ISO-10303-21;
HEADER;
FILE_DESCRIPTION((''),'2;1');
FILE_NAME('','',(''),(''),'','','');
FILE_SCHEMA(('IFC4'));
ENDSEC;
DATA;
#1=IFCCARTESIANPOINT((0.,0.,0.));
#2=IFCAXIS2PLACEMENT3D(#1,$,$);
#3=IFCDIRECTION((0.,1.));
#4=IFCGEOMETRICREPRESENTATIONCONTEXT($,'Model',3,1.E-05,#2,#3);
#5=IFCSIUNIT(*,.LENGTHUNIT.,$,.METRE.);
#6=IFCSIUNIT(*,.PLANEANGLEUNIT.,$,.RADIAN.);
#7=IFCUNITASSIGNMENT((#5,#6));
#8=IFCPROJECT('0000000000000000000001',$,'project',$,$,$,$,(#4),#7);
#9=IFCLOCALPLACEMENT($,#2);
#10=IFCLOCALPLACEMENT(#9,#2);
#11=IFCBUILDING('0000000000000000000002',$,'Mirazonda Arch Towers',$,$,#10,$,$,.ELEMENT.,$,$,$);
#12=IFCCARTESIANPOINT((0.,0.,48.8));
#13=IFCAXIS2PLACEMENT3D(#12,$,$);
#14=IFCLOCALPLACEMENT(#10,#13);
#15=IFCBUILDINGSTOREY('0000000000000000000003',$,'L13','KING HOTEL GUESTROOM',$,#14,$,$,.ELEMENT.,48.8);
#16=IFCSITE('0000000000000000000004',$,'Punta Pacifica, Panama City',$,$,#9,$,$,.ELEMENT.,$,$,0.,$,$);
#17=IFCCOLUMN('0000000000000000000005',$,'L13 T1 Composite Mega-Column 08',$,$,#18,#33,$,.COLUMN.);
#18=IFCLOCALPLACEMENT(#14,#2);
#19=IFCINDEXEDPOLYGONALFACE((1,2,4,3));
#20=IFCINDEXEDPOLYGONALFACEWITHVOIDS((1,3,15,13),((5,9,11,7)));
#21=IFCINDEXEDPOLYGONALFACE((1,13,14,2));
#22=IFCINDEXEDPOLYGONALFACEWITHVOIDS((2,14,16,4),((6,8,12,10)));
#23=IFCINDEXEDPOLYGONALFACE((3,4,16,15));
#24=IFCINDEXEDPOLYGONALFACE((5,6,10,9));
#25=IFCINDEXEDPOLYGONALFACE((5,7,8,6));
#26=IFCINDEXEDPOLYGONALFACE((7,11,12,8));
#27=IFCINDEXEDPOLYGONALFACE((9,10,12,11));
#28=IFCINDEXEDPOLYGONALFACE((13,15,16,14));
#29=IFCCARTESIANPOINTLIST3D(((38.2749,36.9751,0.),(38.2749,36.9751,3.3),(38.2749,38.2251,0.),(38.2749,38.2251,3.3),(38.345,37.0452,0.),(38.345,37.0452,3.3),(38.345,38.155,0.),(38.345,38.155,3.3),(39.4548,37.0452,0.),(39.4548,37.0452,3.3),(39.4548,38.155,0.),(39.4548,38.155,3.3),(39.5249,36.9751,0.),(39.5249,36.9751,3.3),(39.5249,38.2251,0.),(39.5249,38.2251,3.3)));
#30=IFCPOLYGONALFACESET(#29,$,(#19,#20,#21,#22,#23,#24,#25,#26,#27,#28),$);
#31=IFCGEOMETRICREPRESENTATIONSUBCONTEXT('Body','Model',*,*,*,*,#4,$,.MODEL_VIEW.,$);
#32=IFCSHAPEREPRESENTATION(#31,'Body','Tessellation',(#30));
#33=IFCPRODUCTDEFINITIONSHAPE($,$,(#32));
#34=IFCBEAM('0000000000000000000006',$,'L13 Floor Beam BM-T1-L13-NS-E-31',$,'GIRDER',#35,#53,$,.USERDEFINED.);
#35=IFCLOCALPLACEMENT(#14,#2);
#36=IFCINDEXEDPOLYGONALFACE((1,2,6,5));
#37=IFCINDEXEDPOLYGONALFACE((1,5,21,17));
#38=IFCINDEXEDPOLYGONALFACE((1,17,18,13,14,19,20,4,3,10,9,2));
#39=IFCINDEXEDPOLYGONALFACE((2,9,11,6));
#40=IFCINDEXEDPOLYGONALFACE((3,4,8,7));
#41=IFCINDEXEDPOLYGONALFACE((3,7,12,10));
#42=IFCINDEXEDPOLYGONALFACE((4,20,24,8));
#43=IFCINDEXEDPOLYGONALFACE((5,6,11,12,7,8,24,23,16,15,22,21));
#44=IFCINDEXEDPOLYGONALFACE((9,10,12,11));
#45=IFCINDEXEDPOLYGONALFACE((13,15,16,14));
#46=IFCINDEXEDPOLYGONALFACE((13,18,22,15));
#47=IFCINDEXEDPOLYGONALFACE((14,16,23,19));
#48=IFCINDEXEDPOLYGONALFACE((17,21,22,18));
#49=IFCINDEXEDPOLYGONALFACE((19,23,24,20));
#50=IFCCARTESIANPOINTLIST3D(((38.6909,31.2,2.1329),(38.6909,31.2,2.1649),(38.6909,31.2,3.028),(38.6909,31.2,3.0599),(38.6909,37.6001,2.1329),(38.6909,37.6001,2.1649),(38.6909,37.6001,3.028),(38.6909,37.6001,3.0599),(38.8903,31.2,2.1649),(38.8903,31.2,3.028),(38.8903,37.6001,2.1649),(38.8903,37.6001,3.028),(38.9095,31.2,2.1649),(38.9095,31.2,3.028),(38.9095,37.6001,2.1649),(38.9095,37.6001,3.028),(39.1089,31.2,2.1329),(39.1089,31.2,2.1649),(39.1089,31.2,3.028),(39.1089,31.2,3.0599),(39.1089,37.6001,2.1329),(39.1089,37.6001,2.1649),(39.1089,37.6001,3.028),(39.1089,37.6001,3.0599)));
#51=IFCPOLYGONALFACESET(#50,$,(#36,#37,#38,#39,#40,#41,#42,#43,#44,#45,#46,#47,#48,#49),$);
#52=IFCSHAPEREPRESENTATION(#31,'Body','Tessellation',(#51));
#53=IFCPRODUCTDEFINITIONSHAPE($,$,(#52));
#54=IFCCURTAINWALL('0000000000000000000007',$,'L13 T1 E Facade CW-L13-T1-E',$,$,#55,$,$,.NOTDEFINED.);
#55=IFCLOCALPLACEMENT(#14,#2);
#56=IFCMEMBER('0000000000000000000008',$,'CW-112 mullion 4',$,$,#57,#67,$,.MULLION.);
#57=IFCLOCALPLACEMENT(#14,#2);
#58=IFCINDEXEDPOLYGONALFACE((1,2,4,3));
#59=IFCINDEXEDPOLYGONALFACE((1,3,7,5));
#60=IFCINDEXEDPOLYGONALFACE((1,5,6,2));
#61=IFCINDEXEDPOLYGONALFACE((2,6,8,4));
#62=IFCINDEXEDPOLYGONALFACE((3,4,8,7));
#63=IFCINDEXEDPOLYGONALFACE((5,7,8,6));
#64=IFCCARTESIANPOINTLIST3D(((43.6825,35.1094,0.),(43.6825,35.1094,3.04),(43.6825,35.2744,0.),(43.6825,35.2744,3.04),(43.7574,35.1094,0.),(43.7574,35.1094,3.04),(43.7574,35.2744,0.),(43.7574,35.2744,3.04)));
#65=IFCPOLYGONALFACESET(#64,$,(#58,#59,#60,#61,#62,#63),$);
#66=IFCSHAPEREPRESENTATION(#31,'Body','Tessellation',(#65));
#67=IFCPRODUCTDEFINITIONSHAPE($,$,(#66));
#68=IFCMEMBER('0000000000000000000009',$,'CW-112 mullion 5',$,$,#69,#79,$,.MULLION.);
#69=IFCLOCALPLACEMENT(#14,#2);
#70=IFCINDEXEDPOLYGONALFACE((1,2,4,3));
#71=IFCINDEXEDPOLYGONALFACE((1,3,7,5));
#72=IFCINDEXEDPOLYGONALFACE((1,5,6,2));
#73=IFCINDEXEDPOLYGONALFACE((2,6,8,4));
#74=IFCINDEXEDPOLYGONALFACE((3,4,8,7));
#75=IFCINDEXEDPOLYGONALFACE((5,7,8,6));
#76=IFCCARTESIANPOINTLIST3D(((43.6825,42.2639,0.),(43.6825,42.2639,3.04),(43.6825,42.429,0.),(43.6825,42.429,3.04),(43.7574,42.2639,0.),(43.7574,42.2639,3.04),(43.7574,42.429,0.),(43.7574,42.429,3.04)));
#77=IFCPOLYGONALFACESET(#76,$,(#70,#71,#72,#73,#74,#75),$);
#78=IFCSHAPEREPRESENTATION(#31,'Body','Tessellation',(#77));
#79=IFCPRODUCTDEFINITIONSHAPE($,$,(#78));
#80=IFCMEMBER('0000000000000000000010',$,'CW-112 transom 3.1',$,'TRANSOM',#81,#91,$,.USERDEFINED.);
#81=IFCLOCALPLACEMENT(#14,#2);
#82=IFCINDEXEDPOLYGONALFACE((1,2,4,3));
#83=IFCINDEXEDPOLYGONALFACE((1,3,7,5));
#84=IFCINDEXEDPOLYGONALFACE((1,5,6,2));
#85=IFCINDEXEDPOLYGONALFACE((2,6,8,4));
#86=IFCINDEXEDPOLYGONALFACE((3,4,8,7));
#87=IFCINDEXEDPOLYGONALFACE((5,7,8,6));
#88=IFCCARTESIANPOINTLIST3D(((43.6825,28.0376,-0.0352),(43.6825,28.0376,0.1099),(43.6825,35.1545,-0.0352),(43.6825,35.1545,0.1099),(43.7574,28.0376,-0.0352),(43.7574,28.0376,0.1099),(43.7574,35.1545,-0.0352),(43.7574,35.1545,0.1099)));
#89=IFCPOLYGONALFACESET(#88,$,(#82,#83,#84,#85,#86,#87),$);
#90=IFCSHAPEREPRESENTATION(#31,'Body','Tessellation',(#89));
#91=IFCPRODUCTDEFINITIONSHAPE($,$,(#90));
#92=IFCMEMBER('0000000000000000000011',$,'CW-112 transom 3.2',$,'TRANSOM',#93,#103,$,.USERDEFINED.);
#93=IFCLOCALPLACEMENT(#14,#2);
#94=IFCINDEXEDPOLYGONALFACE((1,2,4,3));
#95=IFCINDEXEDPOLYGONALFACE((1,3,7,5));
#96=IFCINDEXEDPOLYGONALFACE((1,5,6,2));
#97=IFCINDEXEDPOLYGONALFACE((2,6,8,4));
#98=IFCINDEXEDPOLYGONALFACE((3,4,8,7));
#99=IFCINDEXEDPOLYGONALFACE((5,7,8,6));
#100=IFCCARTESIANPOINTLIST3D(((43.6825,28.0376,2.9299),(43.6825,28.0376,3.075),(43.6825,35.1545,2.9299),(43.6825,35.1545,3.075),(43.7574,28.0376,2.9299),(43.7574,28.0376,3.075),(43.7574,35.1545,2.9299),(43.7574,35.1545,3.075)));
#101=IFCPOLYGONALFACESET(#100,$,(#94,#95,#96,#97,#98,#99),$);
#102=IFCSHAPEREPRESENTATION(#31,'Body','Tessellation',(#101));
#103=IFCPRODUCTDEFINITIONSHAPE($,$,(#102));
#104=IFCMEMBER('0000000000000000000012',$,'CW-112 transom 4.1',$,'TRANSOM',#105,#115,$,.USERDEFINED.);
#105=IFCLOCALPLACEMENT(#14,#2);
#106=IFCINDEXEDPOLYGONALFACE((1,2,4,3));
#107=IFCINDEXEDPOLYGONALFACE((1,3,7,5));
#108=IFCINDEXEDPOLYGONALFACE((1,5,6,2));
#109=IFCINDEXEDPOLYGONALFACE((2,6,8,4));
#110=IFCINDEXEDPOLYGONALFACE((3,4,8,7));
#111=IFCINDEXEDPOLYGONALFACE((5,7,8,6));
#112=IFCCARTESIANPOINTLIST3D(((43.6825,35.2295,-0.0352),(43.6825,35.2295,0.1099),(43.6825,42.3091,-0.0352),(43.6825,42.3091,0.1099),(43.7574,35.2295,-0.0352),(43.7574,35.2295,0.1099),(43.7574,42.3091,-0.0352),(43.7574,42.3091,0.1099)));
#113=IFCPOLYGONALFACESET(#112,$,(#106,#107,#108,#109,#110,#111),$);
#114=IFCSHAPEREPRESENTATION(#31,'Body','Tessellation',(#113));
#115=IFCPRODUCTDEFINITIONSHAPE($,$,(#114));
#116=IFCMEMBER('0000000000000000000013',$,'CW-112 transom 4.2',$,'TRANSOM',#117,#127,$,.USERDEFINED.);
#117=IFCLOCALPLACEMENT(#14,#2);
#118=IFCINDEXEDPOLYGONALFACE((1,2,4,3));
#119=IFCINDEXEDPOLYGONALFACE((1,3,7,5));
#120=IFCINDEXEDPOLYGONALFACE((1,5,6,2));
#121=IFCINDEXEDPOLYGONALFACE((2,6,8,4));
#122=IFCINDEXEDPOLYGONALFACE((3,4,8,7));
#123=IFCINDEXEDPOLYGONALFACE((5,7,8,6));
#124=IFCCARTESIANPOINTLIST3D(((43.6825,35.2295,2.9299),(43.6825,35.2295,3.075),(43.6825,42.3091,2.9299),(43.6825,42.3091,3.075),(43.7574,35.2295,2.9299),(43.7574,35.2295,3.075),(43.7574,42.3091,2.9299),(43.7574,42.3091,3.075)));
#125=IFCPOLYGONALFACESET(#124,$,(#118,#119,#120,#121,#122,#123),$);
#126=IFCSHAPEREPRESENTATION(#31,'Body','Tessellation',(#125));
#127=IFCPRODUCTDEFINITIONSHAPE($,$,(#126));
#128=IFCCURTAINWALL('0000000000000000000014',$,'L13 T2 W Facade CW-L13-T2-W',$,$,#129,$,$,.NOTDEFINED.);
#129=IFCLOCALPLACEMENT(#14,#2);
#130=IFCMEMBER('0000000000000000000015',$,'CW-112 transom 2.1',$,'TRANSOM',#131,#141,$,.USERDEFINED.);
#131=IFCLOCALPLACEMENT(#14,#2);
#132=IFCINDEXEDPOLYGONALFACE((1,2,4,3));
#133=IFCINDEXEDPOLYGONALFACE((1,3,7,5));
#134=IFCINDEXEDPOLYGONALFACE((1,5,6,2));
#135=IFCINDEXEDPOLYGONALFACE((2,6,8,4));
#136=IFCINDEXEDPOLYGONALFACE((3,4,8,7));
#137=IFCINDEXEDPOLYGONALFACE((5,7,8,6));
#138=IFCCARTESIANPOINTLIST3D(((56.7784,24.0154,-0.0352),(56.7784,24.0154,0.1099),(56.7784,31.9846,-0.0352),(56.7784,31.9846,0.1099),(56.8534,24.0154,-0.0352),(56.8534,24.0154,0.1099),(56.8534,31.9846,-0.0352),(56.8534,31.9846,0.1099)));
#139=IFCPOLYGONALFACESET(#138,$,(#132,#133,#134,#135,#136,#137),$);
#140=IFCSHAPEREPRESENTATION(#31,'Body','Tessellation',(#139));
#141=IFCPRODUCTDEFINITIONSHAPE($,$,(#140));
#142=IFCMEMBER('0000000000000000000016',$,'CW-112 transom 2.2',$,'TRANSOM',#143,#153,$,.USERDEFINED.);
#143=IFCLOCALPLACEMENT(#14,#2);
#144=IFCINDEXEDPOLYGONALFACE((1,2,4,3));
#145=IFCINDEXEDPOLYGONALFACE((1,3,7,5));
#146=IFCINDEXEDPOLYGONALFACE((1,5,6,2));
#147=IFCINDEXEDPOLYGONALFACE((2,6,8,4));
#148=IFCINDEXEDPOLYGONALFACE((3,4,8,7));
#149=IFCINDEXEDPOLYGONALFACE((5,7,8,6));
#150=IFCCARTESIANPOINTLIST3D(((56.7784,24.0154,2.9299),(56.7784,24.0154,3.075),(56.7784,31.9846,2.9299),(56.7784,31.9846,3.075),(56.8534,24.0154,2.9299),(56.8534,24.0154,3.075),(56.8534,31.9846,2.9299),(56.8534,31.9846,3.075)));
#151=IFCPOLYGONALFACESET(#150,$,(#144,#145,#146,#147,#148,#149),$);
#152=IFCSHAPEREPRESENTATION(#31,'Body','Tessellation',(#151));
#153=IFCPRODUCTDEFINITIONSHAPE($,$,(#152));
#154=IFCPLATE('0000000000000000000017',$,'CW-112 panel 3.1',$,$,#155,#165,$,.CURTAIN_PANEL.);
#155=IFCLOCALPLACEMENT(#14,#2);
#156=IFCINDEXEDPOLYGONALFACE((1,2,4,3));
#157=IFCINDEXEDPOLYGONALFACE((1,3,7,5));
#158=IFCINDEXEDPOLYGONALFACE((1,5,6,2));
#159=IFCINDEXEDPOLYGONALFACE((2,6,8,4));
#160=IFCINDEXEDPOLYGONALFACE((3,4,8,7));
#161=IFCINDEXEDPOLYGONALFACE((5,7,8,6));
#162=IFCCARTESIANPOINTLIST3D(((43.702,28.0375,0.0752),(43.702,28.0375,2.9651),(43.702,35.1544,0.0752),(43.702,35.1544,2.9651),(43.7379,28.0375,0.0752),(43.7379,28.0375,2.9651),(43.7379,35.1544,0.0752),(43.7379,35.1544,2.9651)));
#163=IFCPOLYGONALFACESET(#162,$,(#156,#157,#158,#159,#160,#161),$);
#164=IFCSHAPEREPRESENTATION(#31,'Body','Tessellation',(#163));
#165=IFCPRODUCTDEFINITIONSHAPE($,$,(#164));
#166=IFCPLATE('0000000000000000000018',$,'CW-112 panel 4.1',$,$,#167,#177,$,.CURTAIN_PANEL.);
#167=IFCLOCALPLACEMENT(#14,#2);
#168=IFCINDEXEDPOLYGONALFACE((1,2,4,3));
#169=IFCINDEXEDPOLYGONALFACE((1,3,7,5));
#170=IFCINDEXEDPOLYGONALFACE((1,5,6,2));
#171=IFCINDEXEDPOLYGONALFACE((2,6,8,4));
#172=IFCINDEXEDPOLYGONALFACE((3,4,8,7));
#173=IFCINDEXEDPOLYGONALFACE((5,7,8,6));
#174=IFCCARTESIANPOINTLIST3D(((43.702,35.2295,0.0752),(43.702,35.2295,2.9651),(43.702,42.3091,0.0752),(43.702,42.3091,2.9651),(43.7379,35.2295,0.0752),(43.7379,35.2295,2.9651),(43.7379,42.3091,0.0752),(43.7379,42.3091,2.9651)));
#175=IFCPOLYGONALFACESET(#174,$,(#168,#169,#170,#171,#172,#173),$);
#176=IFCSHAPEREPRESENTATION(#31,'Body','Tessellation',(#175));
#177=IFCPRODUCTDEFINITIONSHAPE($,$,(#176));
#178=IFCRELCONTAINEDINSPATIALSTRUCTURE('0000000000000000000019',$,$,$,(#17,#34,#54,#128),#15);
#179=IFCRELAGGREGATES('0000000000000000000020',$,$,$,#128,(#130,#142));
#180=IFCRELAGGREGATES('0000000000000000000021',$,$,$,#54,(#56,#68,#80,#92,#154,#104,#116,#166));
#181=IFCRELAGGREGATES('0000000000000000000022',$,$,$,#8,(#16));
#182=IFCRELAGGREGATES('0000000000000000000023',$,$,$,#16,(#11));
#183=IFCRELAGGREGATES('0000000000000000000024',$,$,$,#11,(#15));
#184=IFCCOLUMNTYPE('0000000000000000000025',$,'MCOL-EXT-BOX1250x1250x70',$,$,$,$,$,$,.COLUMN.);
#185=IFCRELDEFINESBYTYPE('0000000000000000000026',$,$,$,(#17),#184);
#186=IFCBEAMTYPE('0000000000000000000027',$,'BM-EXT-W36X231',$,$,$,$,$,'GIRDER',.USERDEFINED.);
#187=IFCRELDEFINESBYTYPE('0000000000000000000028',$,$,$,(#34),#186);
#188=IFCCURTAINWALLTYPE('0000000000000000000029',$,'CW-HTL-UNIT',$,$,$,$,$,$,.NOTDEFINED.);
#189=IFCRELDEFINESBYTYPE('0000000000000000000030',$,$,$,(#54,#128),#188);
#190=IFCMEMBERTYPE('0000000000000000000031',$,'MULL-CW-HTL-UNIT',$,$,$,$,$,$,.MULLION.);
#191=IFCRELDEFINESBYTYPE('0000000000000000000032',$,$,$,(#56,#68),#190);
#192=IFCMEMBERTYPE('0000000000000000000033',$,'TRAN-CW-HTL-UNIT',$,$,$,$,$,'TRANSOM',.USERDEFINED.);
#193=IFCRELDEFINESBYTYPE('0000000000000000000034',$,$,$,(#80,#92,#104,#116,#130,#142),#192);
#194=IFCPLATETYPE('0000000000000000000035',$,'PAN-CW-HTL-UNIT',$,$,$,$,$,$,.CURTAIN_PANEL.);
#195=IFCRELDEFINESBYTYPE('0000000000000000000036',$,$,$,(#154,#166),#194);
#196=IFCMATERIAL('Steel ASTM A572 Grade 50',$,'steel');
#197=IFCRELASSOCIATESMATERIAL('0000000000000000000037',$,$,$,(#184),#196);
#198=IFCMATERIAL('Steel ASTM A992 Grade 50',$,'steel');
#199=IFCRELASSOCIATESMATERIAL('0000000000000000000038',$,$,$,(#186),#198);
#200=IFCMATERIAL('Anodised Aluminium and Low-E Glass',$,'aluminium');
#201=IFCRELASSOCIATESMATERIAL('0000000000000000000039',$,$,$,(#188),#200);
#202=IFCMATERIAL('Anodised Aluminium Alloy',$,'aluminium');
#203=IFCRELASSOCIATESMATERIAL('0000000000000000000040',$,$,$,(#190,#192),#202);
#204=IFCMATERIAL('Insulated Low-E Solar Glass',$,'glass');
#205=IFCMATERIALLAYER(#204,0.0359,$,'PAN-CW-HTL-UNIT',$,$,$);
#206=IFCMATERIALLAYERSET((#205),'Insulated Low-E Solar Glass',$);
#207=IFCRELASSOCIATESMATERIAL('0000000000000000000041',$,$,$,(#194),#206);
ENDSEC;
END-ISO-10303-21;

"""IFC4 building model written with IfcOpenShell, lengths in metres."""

from ifc_helpers import new_model, si_unit, direction, frame, origin, origin_2d, place, context, subcontext, project, spatial, rectangle, hollow_rectangle, i_section, extrude, material, layer, layer_set, material_profile, profile_set, type_object, element, aggregate, save


model = new_model("IFC4")

# Units and contexts
model_context = context("Model", 3, precision=1e-05, world=origin(), true_north=direction((0.0, 1.0)))
body_context = subcontext(model_context, "Body", "Model", "MODEL_VIEW")
ifc_project = project(units=[si_unit("LENGTHUNIT", "METRE"), si_unit("PLANEANGLEUNIT", "RADIAN")], contexts=[model_context])

# Site, building, storey
site_placement = place(None, origin())
site = spatial("IfcSite", under=ifc_project, at=site_placement, Name="Punta Pacifica, Panama City", CompositionType="ELEMENT", RefElevation=0.0)
building_placement = place(site_placement, origin())
building = spatial("IfcBuilding", under=site, at=building_placement, Name="Mirazonda Arch Towers", CompositionType="ELEMENT")
storey_placement = place(building_placement, frame((0.0, 0.0, 48.8)))
storey = spatial("IfcBuildingStorey", under=building, at=storey_placement, Name="L13", Description="KING HOTEL GUESTROOM", CompositionType="ELEMENT", Elevation=48.8)

# Column
ifc_material_1 = material(Name="Steel ASTM A572 Grade 50", Category="steel")
ifc_material_profile_1 = material_profile(ifc_material_1, hollow_rectangle(XDim=1.25, YDim=1.25, WallThickness=0.0701, at=origin_2d()), Name="BOX1250x1250x70")
ifc_profile_set_1 = profile_set([ifc_material_profile_1], Name="Steel ASTM A572 Grade 50")
column_type = type_object("IfcColumnType", Name="MCOL-EXT-BOX1250x1250x70", PredefinedType="COLUMN", material=ifc_profile_set_1)
column_placement = place(storey_placement, frame((38.8999, 37.6001, 0.0), z_axis=(0.0, 0.0, 1.0), x_axis=(1.0, 0.0, 0.0)))
element("IfcColumn", 1, at=column_placement, inside=storey, type_object=column_type, Name="L13 T1 Composite Mega-Column 08", PredefinedType="COLUMN", context=body_context, shape_type="SweptSolid", body=[
    extrude(hollow_rectangle(XDim=1.25, YDim=1.25, WallThickness=0.0701, at=origin_2d()), origin(), (0.0, 0.0, 1.0), 3.3),
])

# Beam
ifc_material_2 = material(Name="Steel ASTM A992 Grade 50", Category="steel")
ifc_material_profile_2 = material_profile(ifc_material_2, i_section(OverallWidth=0.418, OverallDepth=0.927, WebThickness=0.0193, FlangeThickness=0.032, at=origin_2d()), Name="W36X231")
ifc_profile_set_2 = profile_set([ifc_material_profile_2], Name="Steel ASTM A992 Grade 50")
beam_type = type_object("IfcBeamType", Name="BM-EXT-W36X231", ElementType="GIRDER", PredefinedType="USERDEFINED", material=ifc_profile_set_2)
beam_placement = place(storey_placement, frame((38.8999, 31.2, 2.5964), z_axis=(0.0, 1.0, 0.0), x_axis=(-1.0, 0.0, 0.0)))
element("IfcBeam", 2, at=beam_placement, inside=storey, type_object=beam_type, Name="L13 Floor Beam BM-T1-L13-NS-E-31", ObjectType="GIRDER", PredefinedType="USERDEFINED", context=body_context, shape_type="SweptSolid", body=[
    extrude(i_section(OverallWidth=0.418, OverallDepth=0.927, WebThickness=0.0193, FlangeThickness=0.032, at=origin_2d()), origin(), (0.0, 0.0, 1.0), 6.4001),
])

# Curtain walls, members
ifc_material_3 = material(Name="Anodised Aluminium and Low-E Glass", Category="aluminium")
curtain_wall_type = type_object("IfcCurtainWallType", Name="CW-HTL-UNIT", PredefinedType="NOTDEFINED", material=ifc_material_3)
curtain_wall_1_placement = place(storey_placement, origin())
curtain_wall_1 = element("IfcCurtainWall", 3, at=curtain_wall_1_placement, inside=storey, type_object=curtain_wall_type, Name="L13 T1 E Facade CW-L13-T1-E", PredefinedType="NOTDEFINED")
ifc_material_4 = material(Name="Anodised Aluminium Alloy", Category="aluminium")
ifc_material_profile_3 = material_profile(ifc_material_4, rectangle(XDim=0.075, YDim=0.165, at=origin_2d()), Name="ALU-MULL-75x165")
ifc_profile_set_3 = profile_set([ifc_material_profile_3], Name="Anodised Aluminium Alloy")
member_type_1 = type_object("IfcMemberType", Name="MULL-CW-HTL-UNIT", PredefinedType="MULLION", material=ifc_profile_set_3)
member_1_placement = place(storey_placement, frame((43.72, 35.1919, 0.0), z_axis=(0.0, 0.0, 1.0), x_axis=(-1.0, 0.0, 0.0)))
member_1 = element("IfcMember", 4, at=member_1_placement, type_object=member_type_1, Name="CW-112 mullion 4", PredefinedType="MULLION", context=body_context, shape_type="SweptSolid", body=[
    extrude(rectangle(XDim=0.075, YDim=0.165, at=origin_2d()), origin(), (0.0, 0.0, 1.0), 3.04),
])
member_2_placement = place(storey_placement, frame((43.72, 42.3464, 0.0), z_axis=(0.0, 0.0, 1.0), x_axis=(-1.0, 0.0, 0.0)))
member_2 = element("IfcMember", 5, at=member_2_placement, type_object=member_type_1, Name="CW-112 mullion 5", PredefinedType="MULLION", context=body_context, shape_type="SweptSolid", body=[
    extrude(rectangle(XDim=0.075, YDim=0.165, at=origin_2d()), origin(), (0.0, 0.0, 1.0), 3.04),
])
ifc_material_profile_4 = material_profile(ifc_material_4, rectangle(XDim=0.075, YDim=0.145, at=origin_2d()), Name="ALU-TRAN-75x145")
ifc_profile_set_4 = profile_set([ifc_material_profile_4], Name="Anodised Aluminium Alloy")
member_type_2 = type_object("IfcMemberType", Name="TRAN-CW-HTL-UNIT", ElementType="TRANSOM", PredefinedType="USERDEFINED", material=ifc_profile_set_4)
member_3_placement = place(storey_placement, frame((43.72, 28.0376, 0.0374), z_axis=(0.0, 1.0, 0.0), x_axis=(-1.0, 0.0, 0.0)))
member_3 = element("IfcMember", 6, at=member_3_placement, type_object=member_type_2, Name="CW-112 transom 3.1", ObjectType="TRANSOM", PredefinedType="USERDEFINED", context=body_context, shape_type="SweptSolid", body=[
    extrude(rectangle(XDim=0.075, YDim=0.145, at=origin_2d()), origin(), (0.0, 0.0, 1.0), 7.1169),
])
member_4_placement = place(storey_placement, frame((43.72, 28.0376, 3.0024), z_axis=(0.0, 1.0, 0.0), x_axis=(-1.0, 0.0, 0.0)))
member_4 = element("IfcMember", 7, at=member_4_placement, type_object=member_type_2, Name="CW-112 transom 3.2", ObjectType="TRANSOM", PredefinedType="USERDEFINED", context=body_context, shape_type="SweptSolid", body=[
    extrude(rectangle(XDim=0.075, YDim=0.145, at=origin_2d()), origin(), (0.0, 0.0, 1.0), 7.1169),
])
member_5_placement = place(storey_placement, frame((43.72, 35.2295, 0.0374), z_axis=(0.0, 1.0, 0.0), x_axis=(-1.0, 0.0, 0.0)))
member_5 = element("IfcMember", 8, at=member_5_placement, type_object=member_type_2, Name="CW-112 transom 4.1", ObjectType="TRANSOM", PredefinedType="USERDEFINED", context=body_context, shape_type="SweptSolid", body=[
    extrude(rectangle(XDim=0.075, YDim=0.145, at=origin_2d()), origin(), (0.0, 0.0, 1.0), 7.0796),
])
member_6_placement = place(storey_placement, frame((43.72, 35.2295, 3.0024), z_axis=(0.0, 1.0, 0.0), x_axis=(-1.0, 0.0, 0.0)))
member_6 = element("IfcMember", 9, at=member_6_placement, type_object=member_type_2, Name="CW-112 transom 4.2", ObjectType="TRANSOM", PredefinedType="USERDEFINED", context=body_context, shape_type="SweptSolid", body=[
    extrude(rectangle(XDim=0.075, YDim=0.145, at=origin_2d()), origin(), (0.0, 0.0, 1.0), 7.0796),
])
curtain_wall_2_placement = place(storey_placement, origin())
curtain_wall_2 = element("IfcCurtainWall", 10, at=curtain_wall_2_placement, inside=storey, type_object=curtain_wall_type, Name="L13 T2 W Facade CW-L13-T2-W", PredefinedType="NOTDEFINED")
member_7_placement = place(storey_placement, frame((56.8159, 31.9846, 0.0374), z_axis=(0.0, -1.0, 0.0), x_axis=(1.0, 0.0, 0.0)))
member_7 = element("IfcMember", 11, at=member_7_placement, type_object=member_type_2, Name="CW-112 transom 2.1", ObjectType="TRANSOM", PredefinedType="USERDEFINED", context=body_context, shape_type="SweptSolid", body=[
    extrude(rectangle(XDim=0.075, YDim=0.145, at=origin_2d()), origin(), (0.0, 0.0, 1.0), 7.9692),
])
member_8_placement = place(storey_placement, frame((56.8159, 31.9846, 3.0024), z_axis=(0.0, -1.0, 0.0), x_axis=(1.0, 0.0, 0.0)))
member_8 = element("IfcMember", 12, at=member_8_placement, type_object=member_type_2, Name="CW-112 transom 2.2", ObjectType="TRANSOM", PredefinedType="USERDEFINED", context=body_context, shape_type="SweptSolid", body=[
    extrude(rectangle(XDim=0.075, YDim=0.145, at=origin_2d()), origin(), (0.0, 0.0, 1.0), 7.9692),
])
aggregate(curtain_wall_2, [member_7, member_8])

# Plates
ifc_material_5 = material(Name="Insulated Low-E Solar Glass", Category="glass")
ifc_layer_1 = layer(ifc_material_5, 0.0359, Name="PAN-CW-HTL-UNIT")
ifc_layer_set_1 = layer_set([ifc_layer_1], Name="Insulated Low-E Solar Glass")
plate_type = type_object("IfcPlateType", Name="PAN-CW-HTL-UNIT", PredefinedType="CURTAIN_PANEL", material=ifc_layer_set_1)
plate_1_placement = place(storey_placement, frame((43.72, 31.5959, 0.0752), z_axis=(0.0, 0.0, 1.0), x_axis=(0.0, 1.0, 0.0)))
plate_1 = element("IfcPlate", 13, at=plate_1_placement, type_object=plate_type, Name="CW-112 panel 3.1", PredefinedType="CURTAIN_PANEL", context=body_context, shape_type="SweptSolid", body=[
    extrude(rectangle(XDim=7.1169, YDim=0.0359, at=origin_2d()), origin(), (0.0, 0.0, 1.0), 2.8899),
])
plate_2_placement = place(storey_placement, frame((43.72, 38.7693, 0.0752), z_axis=(0.0, 0.0, 1.0), x_axis=(0.0, 1.0, 0.0)))
plate_2 = element("IfcPlate", 14, at=plate_2_placement, type_object=plate_type, Name="CW-112 panel 4.1", PredefinedType="CURTAIN_PANEL", context=body_context, shape_type="SweptSolid", body=[
    extrude(rectangle(XDim=7.0796, YDim=0.0359, at=origin_2d()), origin(), (0.0, 0.0, 1.0), 2.8899),
])
aggregate(curtain_wall_1, [member_1, member_2, member_3, member_4, plate_1, member_5, member_6, plate_2])

save(model, "model.ifc")
